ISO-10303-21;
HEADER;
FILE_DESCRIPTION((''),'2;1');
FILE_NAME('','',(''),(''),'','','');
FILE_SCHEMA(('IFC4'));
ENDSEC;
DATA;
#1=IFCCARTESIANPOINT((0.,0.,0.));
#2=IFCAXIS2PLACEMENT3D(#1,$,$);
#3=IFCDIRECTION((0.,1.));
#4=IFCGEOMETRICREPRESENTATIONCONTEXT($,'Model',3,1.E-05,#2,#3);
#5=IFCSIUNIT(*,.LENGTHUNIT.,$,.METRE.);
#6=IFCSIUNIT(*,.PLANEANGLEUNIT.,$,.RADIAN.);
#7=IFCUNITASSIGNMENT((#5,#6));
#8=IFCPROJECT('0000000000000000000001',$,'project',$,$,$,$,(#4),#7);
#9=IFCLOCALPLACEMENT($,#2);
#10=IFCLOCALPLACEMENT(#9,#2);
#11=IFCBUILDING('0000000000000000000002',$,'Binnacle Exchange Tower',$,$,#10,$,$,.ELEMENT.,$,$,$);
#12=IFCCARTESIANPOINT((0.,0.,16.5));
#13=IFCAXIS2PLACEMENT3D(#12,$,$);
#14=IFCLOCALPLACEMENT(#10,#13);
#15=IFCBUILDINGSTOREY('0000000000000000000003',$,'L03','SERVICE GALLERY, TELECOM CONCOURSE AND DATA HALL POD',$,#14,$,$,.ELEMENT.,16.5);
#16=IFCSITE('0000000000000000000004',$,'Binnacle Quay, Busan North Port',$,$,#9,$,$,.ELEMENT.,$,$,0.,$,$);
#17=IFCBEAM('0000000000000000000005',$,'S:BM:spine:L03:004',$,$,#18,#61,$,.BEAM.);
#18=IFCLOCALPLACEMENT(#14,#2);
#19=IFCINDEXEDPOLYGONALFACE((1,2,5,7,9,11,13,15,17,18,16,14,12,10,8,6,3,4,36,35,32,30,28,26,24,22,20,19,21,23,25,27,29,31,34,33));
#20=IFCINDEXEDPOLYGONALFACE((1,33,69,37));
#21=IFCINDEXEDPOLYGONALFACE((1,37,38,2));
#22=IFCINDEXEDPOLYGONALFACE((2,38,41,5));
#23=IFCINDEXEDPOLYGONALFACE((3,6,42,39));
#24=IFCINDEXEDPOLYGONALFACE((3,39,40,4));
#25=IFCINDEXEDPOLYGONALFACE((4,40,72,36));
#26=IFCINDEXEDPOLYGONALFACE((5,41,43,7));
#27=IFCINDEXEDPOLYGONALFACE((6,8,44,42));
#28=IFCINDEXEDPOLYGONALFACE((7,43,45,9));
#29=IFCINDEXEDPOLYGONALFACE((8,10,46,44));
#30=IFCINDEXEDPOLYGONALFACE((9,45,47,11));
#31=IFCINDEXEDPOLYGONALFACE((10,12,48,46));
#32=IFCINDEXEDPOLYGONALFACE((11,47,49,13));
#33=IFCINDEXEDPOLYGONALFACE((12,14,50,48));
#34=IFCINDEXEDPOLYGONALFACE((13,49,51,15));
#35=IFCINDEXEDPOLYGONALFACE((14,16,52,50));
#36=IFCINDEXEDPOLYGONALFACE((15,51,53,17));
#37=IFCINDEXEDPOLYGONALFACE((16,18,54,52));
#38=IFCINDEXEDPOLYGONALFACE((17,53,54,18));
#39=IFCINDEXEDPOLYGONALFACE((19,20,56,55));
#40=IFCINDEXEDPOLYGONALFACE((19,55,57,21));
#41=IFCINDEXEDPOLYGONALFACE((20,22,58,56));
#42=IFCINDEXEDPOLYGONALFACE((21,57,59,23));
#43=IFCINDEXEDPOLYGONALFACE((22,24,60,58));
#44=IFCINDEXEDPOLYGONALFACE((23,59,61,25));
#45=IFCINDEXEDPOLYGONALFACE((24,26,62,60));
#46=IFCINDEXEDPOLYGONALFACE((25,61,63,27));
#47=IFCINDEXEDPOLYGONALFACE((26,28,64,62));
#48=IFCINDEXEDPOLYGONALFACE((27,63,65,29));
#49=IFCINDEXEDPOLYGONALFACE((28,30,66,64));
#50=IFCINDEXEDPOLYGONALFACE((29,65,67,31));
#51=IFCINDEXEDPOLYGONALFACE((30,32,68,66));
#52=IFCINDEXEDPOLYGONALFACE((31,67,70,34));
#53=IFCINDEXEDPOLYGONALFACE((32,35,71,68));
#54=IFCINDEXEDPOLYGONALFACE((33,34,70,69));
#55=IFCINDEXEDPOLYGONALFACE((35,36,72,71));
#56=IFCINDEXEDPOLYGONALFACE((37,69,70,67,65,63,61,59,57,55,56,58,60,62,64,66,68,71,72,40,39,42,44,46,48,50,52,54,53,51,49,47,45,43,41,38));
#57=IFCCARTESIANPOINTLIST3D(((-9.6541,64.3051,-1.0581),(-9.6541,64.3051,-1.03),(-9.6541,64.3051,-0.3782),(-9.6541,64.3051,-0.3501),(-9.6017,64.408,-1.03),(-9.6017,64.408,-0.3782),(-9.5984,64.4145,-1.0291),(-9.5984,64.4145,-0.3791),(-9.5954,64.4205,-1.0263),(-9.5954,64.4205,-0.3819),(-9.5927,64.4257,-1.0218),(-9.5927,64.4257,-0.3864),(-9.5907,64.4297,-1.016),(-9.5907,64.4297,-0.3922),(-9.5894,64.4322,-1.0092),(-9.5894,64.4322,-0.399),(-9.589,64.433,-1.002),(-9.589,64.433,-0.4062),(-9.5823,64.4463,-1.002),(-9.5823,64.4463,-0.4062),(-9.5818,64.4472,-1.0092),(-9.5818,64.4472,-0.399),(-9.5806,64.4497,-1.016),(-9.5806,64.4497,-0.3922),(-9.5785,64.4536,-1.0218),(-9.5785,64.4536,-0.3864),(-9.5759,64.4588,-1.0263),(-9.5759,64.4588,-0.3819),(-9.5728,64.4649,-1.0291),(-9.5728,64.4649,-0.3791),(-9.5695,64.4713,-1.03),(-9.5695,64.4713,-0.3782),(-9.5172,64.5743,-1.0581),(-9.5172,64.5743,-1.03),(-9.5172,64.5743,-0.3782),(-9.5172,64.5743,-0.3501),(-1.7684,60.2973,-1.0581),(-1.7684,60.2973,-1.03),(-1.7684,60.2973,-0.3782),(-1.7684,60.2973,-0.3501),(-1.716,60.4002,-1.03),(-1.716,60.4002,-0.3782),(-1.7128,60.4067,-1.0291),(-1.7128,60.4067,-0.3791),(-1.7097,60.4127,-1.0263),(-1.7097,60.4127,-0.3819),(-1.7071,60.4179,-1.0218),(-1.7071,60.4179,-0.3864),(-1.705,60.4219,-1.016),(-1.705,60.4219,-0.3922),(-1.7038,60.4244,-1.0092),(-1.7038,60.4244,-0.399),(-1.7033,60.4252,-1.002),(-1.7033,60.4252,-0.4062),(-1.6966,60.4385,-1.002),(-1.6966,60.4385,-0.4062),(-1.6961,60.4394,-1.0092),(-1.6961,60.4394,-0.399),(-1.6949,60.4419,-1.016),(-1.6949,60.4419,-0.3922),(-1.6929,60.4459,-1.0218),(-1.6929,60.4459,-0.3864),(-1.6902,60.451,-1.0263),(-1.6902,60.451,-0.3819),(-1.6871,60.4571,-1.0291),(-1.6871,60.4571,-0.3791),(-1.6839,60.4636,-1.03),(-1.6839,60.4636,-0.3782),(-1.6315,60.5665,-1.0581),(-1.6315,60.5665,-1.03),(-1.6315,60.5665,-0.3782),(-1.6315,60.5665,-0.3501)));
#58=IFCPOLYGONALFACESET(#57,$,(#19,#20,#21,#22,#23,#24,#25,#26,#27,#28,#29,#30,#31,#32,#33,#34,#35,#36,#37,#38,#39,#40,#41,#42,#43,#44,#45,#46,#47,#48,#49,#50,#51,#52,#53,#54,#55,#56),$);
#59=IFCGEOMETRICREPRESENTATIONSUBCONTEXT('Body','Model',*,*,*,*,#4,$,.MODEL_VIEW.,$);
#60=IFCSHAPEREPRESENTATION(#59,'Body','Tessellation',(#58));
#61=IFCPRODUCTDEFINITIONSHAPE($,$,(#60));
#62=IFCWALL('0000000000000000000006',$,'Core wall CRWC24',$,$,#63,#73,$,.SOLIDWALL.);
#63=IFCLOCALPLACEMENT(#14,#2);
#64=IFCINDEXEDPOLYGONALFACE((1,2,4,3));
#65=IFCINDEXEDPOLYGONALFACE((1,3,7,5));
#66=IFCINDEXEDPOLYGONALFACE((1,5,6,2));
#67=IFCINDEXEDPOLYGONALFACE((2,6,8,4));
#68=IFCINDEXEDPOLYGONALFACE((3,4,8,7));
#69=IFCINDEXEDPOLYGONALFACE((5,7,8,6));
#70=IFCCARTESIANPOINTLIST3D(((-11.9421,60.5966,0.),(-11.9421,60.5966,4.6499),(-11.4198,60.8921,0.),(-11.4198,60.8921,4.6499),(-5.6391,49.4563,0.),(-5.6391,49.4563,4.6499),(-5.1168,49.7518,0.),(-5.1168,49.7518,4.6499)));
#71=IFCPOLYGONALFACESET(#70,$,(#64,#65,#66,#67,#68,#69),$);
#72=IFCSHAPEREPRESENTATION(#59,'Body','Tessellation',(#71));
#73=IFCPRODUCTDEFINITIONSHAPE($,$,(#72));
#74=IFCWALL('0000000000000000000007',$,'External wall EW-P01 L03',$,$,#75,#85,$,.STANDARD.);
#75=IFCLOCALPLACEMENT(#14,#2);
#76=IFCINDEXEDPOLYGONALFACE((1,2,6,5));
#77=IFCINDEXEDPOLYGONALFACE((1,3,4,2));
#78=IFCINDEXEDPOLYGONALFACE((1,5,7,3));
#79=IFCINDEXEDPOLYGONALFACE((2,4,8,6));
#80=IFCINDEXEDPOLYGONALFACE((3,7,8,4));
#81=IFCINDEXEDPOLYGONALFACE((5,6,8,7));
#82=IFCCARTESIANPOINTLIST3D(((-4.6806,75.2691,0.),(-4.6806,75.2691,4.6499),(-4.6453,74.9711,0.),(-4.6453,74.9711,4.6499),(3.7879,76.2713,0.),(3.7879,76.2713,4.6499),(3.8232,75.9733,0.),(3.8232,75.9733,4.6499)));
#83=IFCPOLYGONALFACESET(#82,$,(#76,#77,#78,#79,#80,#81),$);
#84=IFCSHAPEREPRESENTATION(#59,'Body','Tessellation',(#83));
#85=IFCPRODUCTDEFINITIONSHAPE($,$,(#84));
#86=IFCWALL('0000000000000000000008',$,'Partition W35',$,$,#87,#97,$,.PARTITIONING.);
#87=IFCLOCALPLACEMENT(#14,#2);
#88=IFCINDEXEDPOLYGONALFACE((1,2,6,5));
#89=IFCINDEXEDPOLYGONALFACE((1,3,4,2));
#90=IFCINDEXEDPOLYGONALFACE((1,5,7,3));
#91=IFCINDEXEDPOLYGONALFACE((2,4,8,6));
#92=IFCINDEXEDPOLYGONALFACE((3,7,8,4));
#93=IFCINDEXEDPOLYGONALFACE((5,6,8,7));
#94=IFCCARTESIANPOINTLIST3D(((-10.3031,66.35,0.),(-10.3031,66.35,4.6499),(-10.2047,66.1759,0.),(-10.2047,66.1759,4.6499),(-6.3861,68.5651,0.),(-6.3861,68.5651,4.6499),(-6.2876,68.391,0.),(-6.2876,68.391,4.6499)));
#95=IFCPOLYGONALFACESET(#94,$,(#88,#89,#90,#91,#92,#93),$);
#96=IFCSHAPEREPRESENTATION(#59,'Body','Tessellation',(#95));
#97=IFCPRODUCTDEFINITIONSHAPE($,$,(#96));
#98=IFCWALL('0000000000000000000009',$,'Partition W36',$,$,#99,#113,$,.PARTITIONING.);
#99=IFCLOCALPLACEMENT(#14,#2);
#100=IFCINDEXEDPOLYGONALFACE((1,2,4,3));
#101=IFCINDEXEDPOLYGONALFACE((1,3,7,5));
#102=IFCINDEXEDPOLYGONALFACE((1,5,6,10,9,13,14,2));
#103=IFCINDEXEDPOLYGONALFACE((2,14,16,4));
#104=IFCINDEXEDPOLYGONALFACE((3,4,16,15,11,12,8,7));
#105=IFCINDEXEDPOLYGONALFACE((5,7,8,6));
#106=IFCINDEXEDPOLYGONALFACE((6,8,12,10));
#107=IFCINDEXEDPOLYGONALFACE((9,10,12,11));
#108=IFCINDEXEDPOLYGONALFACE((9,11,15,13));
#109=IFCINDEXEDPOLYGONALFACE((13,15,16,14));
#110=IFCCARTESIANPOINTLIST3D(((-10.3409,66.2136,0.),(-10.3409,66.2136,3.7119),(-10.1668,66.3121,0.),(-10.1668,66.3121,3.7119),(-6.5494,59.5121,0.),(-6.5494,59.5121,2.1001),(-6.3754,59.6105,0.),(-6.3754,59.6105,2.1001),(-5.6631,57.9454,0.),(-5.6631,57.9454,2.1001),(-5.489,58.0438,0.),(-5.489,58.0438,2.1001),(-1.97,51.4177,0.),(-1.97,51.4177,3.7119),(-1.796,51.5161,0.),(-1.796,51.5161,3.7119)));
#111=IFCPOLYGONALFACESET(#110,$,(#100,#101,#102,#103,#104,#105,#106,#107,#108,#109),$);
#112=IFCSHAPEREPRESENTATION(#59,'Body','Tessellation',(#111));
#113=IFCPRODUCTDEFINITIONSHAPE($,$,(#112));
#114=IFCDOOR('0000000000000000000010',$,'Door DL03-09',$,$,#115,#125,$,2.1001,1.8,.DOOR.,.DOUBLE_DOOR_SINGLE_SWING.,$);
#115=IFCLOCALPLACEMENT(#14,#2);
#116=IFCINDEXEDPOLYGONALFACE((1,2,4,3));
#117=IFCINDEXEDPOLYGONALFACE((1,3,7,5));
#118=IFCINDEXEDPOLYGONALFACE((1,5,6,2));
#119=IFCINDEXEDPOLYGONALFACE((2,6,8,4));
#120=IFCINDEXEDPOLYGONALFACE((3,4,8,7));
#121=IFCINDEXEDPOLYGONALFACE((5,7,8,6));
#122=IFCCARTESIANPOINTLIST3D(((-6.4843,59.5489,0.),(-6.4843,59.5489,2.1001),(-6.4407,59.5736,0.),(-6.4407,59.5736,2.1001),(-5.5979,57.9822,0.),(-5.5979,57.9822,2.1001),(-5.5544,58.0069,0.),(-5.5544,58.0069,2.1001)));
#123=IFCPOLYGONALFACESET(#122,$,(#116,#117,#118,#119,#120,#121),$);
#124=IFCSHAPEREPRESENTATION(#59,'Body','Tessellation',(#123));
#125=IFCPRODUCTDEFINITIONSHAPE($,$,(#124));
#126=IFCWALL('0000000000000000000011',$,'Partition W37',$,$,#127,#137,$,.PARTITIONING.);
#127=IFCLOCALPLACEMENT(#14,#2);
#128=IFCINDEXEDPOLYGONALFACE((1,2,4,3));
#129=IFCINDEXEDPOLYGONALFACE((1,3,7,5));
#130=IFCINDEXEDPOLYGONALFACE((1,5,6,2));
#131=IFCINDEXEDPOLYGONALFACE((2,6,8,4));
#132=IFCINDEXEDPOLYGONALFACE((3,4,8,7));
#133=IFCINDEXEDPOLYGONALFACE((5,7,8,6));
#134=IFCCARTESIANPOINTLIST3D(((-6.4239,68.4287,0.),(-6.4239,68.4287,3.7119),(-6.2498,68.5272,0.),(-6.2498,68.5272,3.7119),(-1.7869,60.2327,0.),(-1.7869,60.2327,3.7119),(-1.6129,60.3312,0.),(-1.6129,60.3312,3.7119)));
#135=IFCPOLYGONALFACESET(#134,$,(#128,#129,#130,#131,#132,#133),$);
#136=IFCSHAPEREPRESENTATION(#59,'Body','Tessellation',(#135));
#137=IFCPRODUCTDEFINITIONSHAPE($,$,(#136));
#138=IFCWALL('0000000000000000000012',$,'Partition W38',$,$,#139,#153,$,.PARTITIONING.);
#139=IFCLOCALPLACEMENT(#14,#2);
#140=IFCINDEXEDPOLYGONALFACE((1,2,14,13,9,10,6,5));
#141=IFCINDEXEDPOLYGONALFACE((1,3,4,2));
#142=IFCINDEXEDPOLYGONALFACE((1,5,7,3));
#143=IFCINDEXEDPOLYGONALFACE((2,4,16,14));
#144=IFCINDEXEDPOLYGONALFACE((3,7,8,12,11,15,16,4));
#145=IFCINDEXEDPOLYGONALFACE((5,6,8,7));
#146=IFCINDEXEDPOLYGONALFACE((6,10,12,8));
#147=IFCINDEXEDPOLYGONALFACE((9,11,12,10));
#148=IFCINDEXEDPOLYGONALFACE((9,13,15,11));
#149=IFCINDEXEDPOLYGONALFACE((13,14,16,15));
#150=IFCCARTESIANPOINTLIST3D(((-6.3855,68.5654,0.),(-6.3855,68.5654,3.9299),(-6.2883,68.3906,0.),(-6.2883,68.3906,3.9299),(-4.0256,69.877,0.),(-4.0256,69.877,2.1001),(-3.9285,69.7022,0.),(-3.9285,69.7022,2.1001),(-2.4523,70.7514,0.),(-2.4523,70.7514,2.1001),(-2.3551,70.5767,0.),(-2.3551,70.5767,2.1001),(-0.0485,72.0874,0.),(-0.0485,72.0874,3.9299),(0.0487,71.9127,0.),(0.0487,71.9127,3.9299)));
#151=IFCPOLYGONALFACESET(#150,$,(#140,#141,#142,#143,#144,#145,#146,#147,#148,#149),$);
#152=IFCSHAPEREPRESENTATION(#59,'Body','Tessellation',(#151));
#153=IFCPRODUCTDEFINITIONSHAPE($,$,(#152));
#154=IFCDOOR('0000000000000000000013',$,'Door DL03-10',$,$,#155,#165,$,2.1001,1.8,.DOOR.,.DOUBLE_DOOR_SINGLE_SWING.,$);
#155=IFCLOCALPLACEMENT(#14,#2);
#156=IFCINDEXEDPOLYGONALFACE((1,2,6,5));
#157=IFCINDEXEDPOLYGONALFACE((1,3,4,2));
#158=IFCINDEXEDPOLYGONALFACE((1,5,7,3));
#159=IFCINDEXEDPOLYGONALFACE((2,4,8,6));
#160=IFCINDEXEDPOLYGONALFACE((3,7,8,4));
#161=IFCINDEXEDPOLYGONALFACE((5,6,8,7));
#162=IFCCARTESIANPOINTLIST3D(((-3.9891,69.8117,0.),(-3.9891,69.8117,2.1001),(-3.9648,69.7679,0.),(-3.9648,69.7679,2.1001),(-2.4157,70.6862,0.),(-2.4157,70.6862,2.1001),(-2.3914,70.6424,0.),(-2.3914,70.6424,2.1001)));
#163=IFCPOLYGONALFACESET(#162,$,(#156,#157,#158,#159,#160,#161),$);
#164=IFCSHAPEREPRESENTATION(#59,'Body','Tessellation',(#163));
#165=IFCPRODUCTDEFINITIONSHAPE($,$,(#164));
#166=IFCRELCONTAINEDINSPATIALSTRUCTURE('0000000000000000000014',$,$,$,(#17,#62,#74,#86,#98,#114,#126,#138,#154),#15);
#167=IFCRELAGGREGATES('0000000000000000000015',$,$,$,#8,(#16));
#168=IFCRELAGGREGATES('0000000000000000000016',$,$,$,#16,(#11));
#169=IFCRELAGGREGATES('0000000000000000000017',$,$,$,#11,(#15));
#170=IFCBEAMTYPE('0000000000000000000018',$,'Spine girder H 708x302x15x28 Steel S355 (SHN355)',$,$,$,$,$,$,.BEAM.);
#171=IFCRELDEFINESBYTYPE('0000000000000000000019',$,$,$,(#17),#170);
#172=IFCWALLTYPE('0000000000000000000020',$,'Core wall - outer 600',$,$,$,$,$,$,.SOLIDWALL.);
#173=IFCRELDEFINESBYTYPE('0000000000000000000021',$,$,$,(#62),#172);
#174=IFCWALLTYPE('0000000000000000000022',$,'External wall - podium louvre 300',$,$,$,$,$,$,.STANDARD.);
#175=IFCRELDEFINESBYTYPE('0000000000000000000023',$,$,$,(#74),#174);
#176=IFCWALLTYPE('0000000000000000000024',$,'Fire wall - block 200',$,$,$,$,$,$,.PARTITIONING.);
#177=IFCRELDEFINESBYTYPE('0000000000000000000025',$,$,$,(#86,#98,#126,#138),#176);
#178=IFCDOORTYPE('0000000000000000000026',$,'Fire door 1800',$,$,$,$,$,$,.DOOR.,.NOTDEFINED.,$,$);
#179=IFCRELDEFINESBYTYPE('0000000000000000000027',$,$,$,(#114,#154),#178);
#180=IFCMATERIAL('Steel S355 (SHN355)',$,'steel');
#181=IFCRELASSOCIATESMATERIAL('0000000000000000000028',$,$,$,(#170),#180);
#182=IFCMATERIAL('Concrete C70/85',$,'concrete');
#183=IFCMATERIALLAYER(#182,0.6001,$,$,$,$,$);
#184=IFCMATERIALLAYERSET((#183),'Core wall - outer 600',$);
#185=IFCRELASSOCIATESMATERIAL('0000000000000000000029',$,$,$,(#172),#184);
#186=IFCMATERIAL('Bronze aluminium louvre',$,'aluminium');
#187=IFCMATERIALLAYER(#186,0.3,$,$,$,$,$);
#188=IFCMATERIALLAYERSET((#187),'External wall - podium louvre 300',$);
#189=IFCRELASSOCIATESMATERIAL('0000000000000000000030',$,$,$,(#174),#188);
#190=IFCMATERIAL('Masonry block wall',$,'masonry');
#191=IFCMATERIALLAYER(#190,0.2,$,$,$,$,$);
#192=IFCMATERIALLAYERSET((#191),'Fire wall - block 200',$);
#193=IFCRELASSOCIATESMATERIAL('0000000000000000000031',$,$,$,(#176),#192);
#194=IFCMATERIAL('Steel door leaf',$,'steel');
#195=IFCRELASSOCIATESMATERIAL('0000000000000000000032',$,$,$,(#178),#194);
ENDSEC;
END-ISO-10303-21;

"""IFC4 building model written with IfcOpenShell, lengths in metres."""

from ifc_helpers import new_model, si_unit, direction, frame, frame_2d, origin, origin_2d, place, context, subcontext, project, spatial, rectangle, i_section, extrude, material, layer, layer_set, material_profile, profile_set, type_object, element, fill, save


model = new_model("IFC4")

# Units and contexts
model_context = context("Model", 3, precision=1e-05, world=origin(), true_north=direction((0.0, 1.0)))
body_context = subcontext(model_context, "Body", "Model", "MODEL_VIEW")
ifc_project = project(units=[si_unit("LENGTHUNIT", "METRE"), si_unit("PLANEANGLEUNIT", "RADIAN")], contexts=[model_context])

# Site, building, storey
site_placement = place(None, origin())
site = spatial("IfcSite", under=ifc_project, at=site_placement, Name="Binnacle Quay, Busan North Port", CompositionType="ELEMENT", RefElevation=0.0)
building_placement = place(site_placement, origin())
building = spatial("IfcBuilding", under=site, at=building_placement, Name="Binnacle Exchange Tower", CompositionType="ELEMENT")
storey_placement = place(building_placement, frame((0.0, 0.0, 16.5)))
storey = spatial("IfcBuildingStorey", under=building, at=storey_placement, Name="L03", Description="SERVICE GALLERY, TELECOM CONCOURSE AND DATA HALL POD", CompositionType="ELEMENT", Elevation=16.5)

# Shared definitions
ifc_material_1 = material(Name="Concrete C70/85", Category="concrete")

# Beam
ifc_material_2 = material(Name="Steel S355 (SHN355)", Category="steel")
ifc_material_profile_1 = material_profile(ifc_material_2, i_section(OverallWidth=0.302, OverallDepth=0.708, WebThickness=0.0149, FlangeThickness=0.0281, FilletRadius=0.0281, at=origin_2d()), Name="H 708x302x15x28")
ifc_profile_set_1 = profile_set([ifc_material_profile_1], Name="Steel S355 (SHN355)")
beam_type_1 = type_object("IfcBeamType", Name="Spine girder H 708x302x15x28 Steel S355 (SHN355)", PredefinedType="BEAM", material=ifc_profile_set_1)
beam_1_placement = place(storey_placement, frame((-1.7, 60.4319, -0.7041), z_axis=(-0.891471, 0.453077, 0.0), x_axis=(-0.453077, -0.891471, 0.0)))
element("IfcBeam", 1, at=beam_1_placement, inside=storey, type_object=beam_type_1, Name="S:BM:spine:L03:004", PredefinedType="BEAM", context=body_context, shape_type="SweptSolid", body=[
    extrude(i_section(OverallWidth=0.302, OverallDepth=0.708, WebThickness=0.0149, FlangeThickness=0.0281, FilletRadius=0.0281, at=origin_2d()), origin(), (0.0, 0.0, 1.0), 8.8457),
])

# Walls
ifc_layer_1 = layer(ifc_material_1, 0.6001)
ifc_layer_set_1 = layer_set([ifc_layer_1], Name="Core wall - outer 600")
wall_type_1 = type_object("IfcWallType", Name="Core wall - outer 600", PredefinedType="SOLIDWALL", material=ifc_layer_set_1)
wall_1_placement = place(storey_placement, frame((-11.6809, 60.7444, 0.0), z_axis=(0.0, 0.0, 1.0), x_axis=(0.492427, -0.870354, 0.0)))
element("IfcWall", 2, at=wall_1_placement, inside=storey, type_object=wall_type_1, Name="Core wall CRWC24", PredefinedType="SOLIDWALL", context=body_context, shape_type="SweptSolid", body=[
    extrude(rectangle(XDim=12.7998, YDim=0.6001, at=frame_2d((6.3999, 0.0))), origin(), (0.0, 0.0, 1.0), 4.6499),
])
ifc_material_3 = material(Name="Bronze aluminium louvre", Category="aluminium")
ifc_layer_2 = layer(ifc_material_3, 0.3)
ifc_layer_set_2 = layer_set([ifc_layer_2], Name="External wall - podium louvre 300")
wall_type_2 = type_object("IfcWallType", Name="External wall - podium louvre 300", PredefinedType="STANDARD", material=ifc_layer_set_2)
wall_2_placement = place(storey_placement, frame((-4.6628, 75.1201, 0.0), z_axis=(0.0, 0.0, 1.0), x_axis=(0.99307, 0.117524, 0.0)))
element("IfcWall", 3, at=wall_2_placement, inside=storey, type_object=wall_type_2, Name="External wall EW-P01 L03", PredefinedType="STANDARD", context=body_context, shape_type="SweptSolid", body=[
    extrude(rectangle(XDim=8.5276, YDim=0.3, at=frame_2d((4.2637, 0.0))), origin(), (0.0, 0.0, 1.0), 4.6499),
])
ifc_material_4 = material(Name="Masonry block wall", Category="masonry")
ifc_layer_3 = layer(ifc_material_4, 0.2)
ifc_layer_set_3 = layer_set([ifc_layer_3], Name="Fire wall - block 200")
wall_type_3 = type_object("IfcWallType", Name="Fire wall - block 200", PredefinedType="PARTITIONING", material=ifc_layer_set_3)
wall_3_placement = place(storey_placement, frame((-10.2539, 66.2629, 0.0), z_axis=(0.0, 0.0, 1.0), x_axis=(0.870455, 0.492249, 0.0)))
element("IfcWall", 4, at=wall_3_placement, inside=storey, type_object=wall_type_3, Name="Partition W35", PredefinedType="PARTITIONING", context=body_context, shape_type="SweptSolid", body=[
    extrude(rectangle(XDim=4.5, YDim=0.2, at=frame_2d((2.25, 0.0))), origin(), (0.0, 0.0, 1.0), 4.6499),
])

# Wall, opening, door
wall_4_placement = place(storey_placement, frame((-10.2539, 66.2629, 0.0), z_axis=(0.0, 0.0, 1.0), x_axis=(0.492412, -0.870362, 0.0)))
wall_4 = element("IfcWall", 5, at=wall_4_placement, inside=storey, type_object=wall_type_3, Name="Partition W36", PredefinedType="PARTITIONING", context=body_context, shape_type="SweptSolid", body=[
    extrude(rectangle(XDim=16.9998, YDim=0.2, at=frame_2d((8.5, 0.0))), origin(), (0.0, 0.0, 1.0), 3.7119),
])
opening_1_placement = place(wall_4_placement, frame((7.7, 0.0, 0.0)))
opening_1 = element("IfcOpeningElement", 6, at=opening_1_placement, cuts=wall_4, PredefinedType="OPENING", context=body_context, shape_type="SweptSolid", body=[
    extrude(rectangle(XDim=1.8, YDim=2.1001, at=frame_2d((0.8999, 1.05))), frame((0.0, 0.1099, 0.0), z_axis=(0.0, -1.0, 0.0), x_axis=(1.0, 0.0, 0.0)), (0.0, 0.0, 1.0), 0.22),
])
ifc_material_5 = material(Name="Steel door leaf", Category="steel")
door_type = type_object("IfcDoorType", Name="Fire door 1800", OperationType="NOTDEFINED", PredefinedType="DOOR", material=ifc_material_5)
door_1_placement = place(opening_1_placement, origin())
door_1 = element("IfcDoor", 7, at=door_1_placement, inside=storey, type_object=door_type, Name="Door DL03-09", OperationType="DOUBLE_DOOR_SINGLE_SWING", OverallHeight=2.1001, OverallWidth=1.8, PredefinedType="DOOR", context=body_context, shape_type="SweptSolid", body=[
    extrude(rectangle(XDim=1.8, YDim=2.1001, at=frame_2d((0.8999, 1.05))), frame((0.0, 0.0249, 0.0), z_axis=(0.0, -1.0, 0.0), x_axis=(1.0, 0.0, 0.0)), (0.0, 0.0, 1.0), 0.05),
])
fill(opening_1, door_1)

# Wall
wall_5_placement = place(storey_placement, frame((-6.3369, 68.478, 0.0), z_axis=(0.0, 0.0, 1.0), x_axis=(0.492413, -0.870362, 0.0)))
element("IfcWall", 8, at=wall_5_placement, inside=storey, type_object=wall_type_3, Name="Partition W37", PredefinedType="PARTITIONING", context=body_context, shape_type="SweptSolid", body=[
    extrude(rectangle(XDim=9.4167, YDim=0.2, at=frame_2d((4.7085, 0.0))), origin(), (0.0, 0.0, 1.0), 3.7119),
])

# Wall, opening, door
wall_6_placement = place(storey_placement, frame((-6.3369, 68.478, 0.0), z_axis=(0.0, 0.0, 1.0), x_axis=(0.874071, 0.485797, 0.0)))
wall_6 = element("IfcWall", 9, at=wall_6_placement, inside=storey, type_object=wall_type_3, Name="Partition W38", PredefinedType="PARTITIONING", context=body_context, shape_type="SweptSolid", body=[
    extrude(rectangle(XDim=7.25, YDim=0.2, at=frame_2d((3.625, 0.0))), origin(), (0.0, 0.0, 1.0), 3.9299),
])
opening_2_placement = place(wall_6_placement, frame((2.7, 0.0, 0.0)))
opening_2 = element("IfcOpeningElement", 10, at=opening_2_placement, cuts=wall_6, PredefinedType="OPENING", context=body_context, shape_type="SweptSolid", body=[
    extrude(rectangle(XDim=1.8, YDim=2.1001, at=frame_2d((0.8999, 1.05))), frame((0.0, 0.1099, 0.0), z_axis=(0.0, -1.0, 0.0), x_axis=(1.0, 0.0, 0.0)), (0.0, 0.0, 1.0), 0.22),
])
door_2_placement = place(opening_2_placement, frame((1.8, 0.0, 0.0), z_axis=(0.0, 0.0, 1.0), x_axis=(-1.0, 0.0, 0.0)))
door_2 = element("IfcDoor", 11, at=door_2_placement, inside=storey, type_object=door_type, Name="Door DL03-10", OperationType="DOUBLE_DOOR_SINGLE_SWING", OverallHeight=2.1001, OverallWidth=1.8, PredefinedType="DOOR", context=body_context, shape_type="SweptSolid", body=[
    extrude(rectangle(XDim=1.8, YDim=2.1001, at=frame_2d((0.8999, 1.05))), frame((0.0, 0.0249, 0.0), z_axis=(0.0, -1.0, 0.0), x_axis=(1.0, 0.0, 0.0)), (0.0, 0.0, 1.0), 0.05),
])
fill(opening_2, door_2)

save(model, "model.ifc")
